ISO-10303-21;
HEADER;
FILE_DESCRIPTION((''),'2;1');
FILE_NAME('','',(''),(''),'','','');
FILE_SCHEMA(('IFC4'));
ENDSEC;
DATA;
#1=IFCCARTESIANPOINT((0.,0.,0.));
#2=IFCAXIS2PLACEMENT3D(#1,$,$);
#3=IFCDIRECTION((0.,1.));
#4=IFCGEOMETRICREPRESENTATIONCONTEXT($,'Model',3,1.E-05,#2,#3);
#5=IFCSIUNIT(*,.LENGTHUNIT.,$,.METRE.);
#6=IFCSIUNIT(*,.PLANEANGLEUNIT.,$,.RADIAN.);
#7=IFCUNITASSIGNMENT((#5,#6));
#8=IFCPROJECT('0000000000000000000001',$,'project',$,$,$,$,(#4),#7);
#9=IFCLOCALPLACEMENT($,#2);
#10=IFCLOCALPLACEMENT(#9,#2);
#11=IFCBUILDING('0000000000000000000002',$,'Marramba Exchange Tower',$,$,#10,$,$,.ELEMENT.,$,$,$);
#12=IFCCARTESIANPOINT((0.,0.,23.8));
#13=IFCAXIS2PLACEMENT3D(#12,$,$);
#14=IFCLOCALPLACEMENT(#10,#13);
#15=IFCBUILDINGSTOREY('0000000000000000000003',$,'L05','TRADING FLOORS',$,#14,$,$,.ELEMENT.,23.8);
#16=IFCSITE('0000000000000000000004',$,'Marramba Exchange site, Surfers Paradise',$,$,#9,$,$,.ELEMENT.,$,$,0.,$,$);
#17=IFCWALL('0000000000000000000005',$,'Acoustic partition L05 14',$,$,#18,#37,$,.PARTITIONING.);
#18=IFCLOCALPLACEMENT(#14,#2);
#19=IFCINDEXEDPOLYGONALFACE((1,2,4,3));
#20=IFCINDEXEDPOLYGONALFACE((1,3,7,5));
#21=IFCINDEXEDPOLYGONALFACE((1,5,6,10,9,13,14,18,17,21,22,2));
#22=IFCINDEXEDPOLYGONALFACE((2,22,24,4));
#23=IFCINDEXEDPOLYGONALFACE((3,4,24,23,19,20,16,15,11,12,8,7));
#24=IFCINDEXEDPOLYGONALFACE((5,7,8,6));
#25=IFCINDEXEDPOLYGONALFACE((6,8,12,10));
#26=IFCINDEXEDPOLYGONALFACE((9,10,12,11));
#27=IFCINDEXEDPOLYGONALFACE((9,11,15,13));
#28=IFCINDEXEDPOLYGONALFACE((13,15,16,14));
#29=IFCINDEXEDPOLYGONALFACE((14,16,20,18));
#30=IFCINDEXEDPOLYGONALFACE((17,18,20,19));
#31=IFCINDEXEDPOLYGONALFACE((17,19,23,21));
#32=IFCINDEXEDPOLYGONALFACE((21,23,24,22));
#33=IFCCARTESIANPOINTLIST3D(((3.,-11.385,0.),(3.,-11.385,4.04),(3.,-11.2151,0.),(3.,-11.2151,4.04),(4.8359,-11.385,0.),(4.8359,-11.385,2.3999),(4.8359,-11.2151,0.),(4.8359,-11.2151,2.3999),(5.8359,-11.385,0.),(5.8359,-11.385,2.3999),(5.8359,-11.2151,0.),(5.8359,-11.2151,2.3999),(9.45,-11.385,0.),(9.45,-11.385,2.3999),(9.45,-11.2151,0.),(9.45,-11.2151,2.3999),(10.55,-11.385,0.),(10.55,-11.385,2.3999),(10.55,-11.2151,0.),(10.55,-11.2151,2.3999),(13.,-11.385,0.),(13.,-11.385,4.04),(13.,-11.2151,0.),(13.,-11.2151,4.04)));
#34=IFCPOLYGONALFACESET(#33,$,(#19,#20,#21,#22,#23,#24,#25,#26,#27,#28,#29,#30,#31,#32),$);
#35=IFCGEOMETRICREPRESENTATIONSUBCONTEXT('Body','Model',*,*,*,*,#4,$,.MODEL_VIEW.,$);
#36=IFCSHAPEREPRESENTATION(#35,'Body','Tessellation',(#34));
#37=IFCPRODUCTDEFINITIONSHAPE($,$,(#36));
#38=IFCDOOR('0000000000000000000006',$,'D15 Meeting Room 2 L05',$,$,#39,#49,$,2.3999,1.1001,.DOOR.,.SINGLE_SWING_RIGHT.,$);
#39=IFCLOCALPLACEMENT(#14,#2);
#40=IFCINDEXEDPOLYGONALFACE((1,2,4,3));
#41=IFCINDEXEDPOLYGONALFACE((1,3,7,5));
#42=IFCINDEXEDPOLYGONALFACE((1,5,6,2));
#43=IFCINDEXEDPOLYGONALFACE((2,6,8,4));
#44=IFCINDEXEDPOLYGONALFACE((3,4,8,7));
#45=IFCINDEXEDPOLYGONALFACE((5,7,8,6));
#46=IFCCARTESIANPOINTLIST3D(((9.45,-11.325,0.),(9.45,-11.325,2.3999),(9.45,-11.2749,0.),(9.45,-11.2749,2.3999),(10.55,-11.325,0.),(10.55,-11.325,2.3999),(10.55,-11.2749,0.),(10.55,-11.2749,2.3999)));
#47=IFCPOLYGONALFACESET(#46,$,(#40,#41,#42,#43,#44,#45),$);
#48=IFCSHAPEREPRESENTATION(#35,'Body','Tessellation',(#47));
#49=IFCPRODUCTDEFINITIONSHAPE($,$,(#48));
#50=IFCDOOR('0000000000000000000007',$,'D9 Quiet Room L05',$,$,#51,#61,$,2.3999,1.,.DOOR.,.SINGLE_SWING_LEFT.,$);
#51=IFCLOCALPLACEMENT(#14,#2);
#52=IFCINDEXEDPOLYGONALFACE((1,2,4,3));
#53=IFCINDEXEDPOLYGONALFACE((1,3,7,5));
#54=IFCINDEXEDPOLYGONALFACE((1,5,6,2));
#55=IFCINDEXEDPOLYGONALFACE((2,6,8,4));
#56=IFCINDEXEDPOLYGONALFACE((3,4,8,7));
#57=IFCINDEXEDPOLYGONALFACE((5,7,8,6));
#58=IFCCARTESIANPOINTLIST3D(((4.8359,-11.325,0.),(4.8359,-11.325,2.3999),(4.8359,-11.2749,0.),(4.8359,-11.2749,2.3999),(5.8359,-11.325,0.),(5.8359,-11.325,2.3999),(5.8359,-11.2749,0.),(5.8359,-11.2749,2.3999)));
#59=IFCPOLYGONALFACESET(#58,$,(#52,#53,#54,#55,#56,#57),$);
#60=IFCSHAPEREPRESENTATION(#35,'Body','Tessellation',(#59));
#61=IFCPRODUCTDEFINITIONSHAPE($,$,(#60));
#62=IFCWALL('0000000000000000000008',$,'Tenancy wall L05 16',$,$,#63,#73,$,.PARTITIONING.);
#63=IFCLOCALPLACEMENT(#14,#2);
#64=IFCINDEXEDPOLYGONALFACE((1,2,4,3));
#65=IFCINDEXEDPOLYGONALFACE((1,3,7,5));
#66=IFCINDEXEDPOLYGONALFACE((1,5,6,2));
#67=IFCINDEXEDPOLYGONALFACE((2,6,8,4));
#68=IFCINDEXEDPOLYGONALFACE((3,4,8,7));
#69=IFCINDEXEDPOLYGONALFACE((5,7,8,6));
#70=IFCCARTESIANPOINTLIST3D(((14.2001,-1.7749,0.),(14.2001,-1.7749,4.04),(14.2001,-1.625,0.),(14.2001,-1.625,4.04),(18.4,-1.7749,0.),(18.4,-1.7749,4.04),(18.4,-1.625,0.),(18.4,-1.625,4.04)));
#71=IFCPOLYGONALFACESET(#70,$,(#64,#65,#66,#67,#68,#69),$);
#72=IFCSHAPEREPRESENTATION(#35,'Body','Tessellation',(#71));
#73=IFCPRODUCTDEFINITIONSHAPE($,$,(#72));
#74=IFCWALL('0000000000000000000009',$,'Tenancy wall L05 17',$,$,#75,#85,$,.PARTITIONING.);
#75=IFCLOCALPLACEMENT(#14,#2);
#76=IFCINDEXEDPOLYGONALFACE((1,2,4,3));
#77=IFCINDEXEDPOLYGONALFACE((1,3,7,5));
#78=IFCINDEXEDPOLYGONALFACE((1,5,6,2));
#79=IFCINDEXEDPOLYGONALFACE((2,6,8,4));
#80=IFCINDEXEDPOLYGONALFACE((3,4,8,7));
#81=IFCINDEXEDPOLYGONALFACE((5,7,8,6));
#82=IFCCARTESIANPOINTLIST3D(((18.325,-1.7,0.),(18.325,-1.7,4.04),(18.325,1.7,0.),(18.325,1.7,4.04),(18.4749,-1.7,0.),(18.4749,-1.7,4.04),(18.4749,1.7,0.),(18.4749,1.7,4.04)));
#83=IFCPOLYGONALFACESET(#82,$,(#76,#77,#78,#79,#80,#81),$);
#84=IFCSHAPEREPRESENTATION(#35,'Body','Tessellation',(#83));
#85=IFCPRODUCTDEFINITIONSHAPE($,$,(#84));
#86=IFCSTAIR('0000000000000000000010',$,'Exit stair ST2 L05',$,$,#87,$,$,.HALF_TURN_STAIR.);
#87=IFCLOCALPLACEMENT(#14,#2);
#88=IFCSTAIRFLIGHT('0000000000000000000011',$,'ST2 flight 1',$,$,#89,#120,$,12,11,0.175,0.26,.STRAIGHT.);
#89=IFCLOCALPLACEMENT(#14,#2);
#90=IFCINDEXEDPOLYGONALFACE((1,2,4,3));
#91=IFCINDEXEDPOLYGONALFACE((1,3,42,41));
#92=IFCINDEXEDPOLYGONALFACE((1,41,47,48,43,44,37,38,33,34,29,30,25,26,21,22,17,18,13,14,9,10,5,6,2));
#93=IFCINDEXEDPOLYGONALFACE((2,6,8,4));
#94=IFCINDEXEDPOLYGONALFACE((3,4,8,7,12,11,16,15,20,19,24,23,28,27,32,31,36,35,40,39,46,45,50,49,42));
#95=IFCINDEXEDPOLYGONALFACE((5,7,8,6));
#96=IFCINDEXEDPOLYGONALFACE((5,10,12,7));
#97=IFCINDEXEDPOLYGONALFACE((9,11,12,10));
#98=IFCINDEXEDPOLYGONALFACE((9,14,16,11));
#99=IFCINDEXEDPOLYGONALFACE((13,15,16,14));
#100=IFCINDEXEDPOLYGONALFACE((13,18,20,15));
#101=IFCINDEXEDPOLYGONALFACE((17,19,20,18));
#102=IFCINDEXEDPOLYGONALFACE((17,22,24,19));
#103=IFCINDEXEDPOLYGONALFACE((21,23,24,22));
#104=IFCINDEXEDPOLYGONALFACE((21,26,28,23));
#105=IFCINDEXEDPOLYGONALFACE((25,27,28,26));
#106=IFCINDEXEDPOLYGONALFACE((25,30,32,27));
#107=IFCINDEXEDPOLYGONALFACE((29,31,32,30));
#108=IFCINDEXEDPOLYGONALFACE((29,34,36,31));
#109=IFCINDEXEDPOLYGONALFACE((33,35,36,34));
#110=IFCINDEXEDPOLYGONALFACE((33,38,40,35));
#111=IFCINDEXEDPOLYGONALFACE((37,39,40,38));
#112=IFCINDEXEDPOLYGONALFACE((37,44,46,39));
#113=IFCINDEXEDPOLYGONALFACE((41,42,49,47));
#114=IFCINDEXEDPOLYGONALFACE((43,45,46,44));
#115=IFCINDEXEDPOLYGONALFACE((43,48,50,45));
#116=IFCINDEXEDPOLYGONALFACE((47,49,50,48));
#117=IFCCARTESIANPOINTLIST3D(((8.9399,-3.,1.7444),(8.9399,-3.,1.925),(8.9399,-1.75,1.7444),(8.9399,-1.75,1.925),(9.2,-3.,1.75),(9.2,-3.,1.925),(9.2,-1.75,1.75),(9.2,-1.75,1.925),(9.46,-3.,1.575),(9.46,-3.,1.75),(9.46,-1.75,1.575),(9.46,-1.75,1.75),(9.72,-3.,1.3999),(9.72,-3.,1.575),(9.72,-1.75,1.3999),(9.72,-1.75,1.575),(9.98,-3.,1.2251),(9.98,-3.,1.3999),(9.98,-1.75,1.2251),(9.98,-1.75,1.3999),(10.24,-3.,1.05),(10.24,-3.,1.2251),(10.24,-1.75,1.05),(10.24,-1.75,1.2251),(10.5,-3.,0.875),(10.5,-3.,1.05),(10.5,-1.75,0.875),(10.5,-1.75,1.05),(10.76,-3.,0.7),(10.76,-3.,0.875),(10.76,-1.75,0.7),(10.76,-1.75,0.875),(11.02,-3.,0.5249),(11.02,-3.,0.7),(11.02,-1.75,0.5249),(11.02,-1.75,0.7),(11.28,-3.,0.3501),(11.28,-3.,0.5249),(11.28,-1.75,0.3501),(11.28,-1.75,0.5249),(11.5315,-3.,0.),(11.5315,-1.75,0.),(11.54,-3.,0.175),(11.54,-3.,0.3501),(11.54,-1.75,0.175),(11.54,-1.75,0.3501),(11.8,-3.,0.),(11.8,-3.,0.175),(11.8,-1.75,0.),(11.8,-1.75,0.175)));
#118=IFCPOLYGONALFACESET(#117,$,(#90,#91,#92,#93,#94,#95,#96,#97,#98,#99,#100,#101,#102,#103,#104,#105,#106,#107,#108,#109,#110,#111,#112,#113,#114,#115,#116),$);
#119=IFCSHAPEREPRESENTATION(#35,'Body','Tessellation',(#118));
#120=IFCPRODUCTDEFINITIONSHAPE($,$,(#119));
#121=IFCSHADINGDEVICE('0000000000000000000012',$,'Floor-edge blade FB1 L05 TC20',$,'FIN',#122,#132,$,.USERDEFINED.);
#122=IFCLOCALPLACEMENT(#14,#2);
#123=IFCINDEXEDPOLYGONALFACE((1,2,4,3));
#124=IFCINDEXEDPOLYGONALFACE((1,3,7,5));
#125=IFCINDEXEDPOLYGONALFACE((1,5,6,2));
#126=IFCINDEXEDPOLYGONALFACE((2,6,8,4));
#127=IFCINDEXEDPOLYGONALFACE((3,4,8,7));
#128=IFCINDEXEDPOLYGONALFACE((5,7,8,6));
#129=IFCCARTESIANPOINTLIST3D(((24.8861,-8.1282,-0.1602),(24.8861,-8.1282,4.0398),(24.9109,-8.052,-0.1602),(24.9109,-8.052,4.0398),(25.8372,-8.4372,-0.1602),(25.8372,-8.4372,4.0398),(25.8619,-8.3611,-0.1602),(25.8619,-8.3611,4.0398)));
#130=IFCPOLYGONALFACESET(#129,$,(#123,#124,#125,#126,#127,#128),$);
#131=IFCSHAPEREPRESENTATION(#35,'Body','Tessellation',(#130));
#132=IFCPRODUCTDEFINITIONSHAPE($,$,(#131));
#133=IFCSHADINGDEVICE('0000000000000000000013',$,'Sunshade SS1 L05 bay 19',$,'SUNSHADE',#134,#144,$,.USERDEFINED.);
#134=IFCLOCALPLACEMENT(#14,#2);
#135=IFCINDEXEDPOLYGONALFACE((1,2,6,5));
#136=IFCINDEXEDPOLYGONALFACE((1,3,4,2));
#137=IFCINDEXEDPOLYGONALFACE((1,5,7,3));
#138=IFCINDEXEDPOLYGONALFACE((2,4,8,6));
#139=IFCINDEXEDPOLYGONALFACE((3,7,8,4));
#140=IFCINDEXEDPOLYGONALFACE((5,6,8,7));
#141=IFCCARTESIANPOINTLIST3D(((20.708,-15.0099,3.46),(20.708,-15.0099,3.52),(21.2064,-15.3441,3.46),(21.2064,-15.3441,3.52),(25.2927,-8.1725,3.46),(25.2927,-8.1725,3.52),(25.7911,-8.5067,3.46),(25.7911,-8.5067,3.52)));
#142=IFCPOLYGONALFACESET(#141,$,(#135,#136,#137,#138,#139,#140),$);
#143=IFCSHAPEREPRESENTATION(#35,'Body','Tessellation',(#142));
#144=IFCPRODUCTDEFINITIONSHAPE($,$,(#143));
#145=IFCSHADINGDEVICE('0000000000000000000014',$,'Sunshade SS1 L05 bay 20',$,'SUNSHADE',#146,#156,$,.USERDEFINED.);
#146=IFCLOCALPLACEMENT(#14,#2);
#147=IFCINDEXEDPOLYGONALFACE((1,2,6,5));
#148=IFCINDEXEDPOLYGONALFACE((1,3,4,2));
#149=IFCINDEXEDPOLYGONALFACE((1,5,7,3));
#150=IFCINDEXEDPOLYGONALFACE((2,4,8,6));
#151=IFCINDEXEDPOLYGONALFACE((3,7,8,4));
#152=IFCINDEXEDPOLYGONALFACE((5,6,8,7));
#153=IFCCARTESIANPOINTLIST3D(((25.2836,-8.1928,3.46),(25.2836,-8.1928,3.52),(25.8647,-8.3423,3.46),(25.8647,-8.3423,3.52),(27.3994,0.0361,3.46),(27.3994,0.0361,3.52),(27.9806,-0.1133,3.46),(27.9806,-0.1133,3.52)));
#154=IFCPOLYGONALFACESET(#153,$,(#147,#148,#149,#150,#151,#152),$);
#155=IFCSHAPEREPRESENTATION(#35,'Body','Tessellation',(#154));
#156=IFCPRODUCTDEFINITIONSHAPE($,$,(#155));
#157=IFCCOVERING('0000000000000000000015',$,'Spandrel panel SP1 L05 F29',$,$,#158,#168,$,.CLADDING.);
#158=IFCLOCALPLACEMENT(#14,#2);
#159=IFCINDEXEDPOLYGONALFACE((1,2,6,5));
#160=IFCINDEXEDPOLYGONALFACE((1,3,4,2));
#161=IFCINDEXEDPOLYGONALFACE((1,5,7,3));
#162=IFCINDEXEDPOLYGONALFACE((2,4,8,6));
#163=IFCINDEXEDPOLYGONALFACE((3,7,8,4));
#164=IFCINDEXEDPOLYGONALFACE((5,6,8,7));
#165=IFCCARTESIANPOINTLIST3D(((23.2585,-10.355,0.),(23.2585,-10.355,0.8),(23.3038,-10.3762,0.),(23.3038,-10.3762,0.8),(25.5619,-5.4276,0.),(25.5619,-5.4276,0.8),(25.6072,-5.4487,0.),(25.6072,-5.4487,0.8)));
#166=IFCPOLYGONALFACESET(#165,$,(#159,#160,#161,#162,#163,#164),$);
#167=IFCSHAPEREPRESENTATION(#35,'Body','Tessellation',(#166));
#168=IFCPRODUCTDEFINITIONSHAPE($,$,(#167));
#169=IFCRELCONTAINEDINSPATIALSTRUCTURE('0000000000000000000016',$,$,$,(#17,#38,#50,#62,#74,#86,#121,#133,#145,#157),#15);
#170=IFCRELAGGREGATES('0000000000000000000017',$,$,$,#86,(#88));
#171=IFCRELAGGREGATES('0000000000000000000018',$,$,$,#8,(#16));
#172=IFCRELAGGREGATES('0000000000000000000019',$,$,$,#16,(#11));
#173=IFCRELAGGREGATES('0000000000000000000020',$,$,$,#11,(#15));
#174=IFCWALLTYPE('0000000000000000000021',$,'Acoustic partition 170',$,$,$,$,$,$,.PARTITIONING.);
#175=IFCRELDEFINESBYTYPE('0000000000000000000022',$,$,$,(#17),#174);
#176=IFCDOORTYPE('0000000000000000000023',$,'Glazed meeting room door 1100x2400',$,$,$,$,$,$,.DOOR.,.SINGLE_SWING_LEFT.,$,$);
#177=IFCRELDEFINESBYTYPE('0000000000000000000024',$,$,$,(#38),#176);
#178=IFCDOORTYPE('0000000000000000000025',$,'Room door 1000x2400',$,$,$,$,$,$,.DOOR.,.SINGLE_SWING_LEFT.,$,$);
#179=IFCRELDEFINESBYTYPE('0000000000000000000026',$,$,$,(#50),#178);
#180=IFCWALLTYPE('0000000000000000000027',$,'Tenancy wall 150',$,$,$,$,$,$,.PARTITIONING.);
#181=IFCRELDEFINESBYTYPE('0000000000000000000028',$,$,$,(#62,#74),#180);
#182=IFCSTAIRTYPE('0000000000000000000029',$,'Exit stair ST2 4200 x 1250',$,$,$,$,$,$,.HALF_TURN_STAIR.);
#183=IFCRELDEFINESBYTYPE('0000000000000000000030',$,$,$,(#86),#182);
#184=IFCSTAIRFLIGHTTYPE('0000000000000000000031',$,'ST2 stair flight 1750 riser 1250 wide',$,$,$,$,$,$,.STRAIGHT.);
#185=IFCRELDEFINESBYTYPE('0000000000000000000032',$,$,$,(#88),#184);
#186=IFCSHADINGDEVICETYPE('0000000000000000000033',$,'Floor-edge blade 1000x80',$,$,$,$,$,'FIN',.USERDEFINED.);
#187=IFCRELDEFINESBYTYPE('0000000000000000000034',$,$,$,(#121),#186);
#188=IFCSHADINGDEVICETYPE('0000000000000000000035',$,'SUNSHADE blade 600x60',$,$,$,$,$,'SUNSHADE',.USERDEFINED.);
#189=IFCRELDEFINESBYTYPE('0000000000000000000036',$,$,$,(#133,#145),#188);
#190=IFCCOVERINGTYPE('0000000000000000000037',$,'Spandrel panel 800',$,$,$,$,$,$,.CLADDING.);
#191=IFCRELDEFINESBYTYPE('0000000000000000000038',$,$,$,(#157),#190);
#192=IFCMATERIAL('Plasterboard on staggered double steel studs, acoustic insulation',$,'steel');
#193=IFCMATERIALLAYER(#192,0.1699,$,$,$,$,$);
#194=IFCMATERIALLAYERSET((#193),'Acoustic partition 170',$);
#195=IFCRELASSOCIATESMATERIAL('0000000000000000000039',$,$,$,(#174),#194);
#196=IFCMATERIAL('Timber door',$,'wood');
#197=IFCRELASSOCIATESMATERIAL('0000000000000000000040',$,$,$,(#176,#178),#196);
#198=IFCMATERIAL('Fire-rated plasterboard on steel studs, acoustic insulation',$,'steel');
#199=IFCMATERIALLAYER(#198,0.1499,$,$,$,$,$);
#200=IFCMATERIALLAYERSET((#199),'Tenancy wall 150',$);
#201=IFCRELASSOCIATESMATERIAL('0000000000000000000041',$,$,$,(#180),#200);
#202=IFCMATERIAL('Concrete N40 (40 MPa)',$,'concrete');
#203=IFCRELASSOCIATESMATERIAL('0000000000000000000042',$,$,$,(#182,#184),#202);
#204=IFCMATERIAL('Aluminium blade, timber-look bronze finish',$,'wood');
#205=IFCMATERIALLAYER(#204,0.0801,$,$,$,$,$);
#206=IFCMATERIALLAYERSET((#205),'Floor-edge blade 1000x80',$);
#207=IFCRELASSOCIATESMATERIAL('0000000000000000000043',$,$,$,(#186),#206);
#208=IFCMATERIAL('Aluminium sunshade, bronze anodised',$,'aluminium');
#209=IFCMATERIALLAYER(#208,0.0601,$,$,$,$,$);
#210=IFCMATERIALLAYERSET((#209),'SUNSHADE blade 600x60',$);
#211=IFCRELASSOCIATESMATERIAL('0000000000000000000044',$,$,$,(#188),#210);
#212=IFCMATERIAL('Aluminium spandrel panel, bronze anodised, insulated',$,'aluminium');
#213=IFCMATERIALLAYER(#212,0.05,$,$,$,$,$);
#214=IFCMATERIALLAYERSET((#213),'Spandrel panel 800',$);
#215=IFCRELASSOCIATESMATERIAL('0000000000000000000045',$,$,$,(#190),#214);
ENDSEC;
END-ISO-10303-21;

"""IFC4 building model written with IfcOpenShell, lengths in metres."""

from ifc_helpers import new_model, si_unit, direction, frame, frame_2d, origin, origin_2d, place, context, subcontext, project, spatial, polyline, rectangle, outline, extrude, material, layer, layer_set, type_object, element, fill, aggregate, save


model = new_model("IFC4")

# Units and contexts
model_context = context("Model", 3, precision=1e-05, world=origin(), true_north=direction((0.0, 1.0)))
body_context = subcontext(model_context, "Body", "Model", "MODEL_VIEW")
ifc_project = project(units=[si_unit("LENGTHUNIT", "METRE"), si_unit("PLANEANGLEUNIT", "RADIAN")], contexts=[model_context])

# Site, building, storey
site_placement = place(None, origin())
site = spatial("IfcSite", under=ifc_project, at=site_placement, Name="Marramba Exchange site, Surfers Paradise", CompositionType="ELEMENT", RefElevation=0.0)
building_placement = place(site_placement, origin())
building = spatial("IfcBuilding", under=site, at=building_placement, Name="Marramba Exchange Tower", CompositionType="ELEMENT")
storey_placement = place(building_placement, frame((0.0, 0.0, 23.8)))
storey = spatial("IfcBuildingStorey", under=building, at=storey_placement, Name="L05", Description="TRADING FLOORS", CompositionType="ELEMENT", Elevation=23.8)

# Wall, openings, doors
ifc_material_1 = material(Name="Plasterboard on staggered double steel studs, acoustic insulation", Category="steel")
ifc_layer_1 = layer(ifc_material_1, 0.1699)
ifc_layer_set_1 = layer_set([ifc_layer_1], Name="Acoustic partition 170")
wall_type_1 = type_object("IfcWallType", Name="Acoustic partition 170", PredefinedType="PARTITIONING", material=ifc_layer_set_1)
wall_1_placement = place(storey_placement, frame((13.0, -11.3, 0.0), z_axis=(0.0, 0.0, 1.0), x_axis=(-1.0, 0.0, 0.0)))
wall_1 = element("IfcWall", 1, at=wall_1_placement, inside=storey, type_object=wall_type_1, Name="Acoustic partition L05 14", PredefinedType="PARTITIONING", context=body_context, shape_type="SweptSolid", body=[
    extrude(rectangle(XDim=10.0, YDim=0.1699, at=frame_2d((5.0, 0.0))), origin(), (0.0, 0.0, 1.0), 4.04),
])
opening_1_placement = place(wall_1_placement, frame((7.1641, 0.0, 0.0)))
opening_1 = element("IfcOpeningElement", 2, at=opening_1_placement, cuts=wall_1, PredefinedType="OPENING", context=body_context, shape_type="SweptSolid", body=[
    extrude(rectangle(XDim=1.0, YDim=2.3999, at=frame_2d((0.5, 1.2))), frame((0.0, 0.095, 0.0), z_axis=(0.0, -1.0, 0.0), x_axis=(1.0, 0.0, 0.0)), (0.0, 0.0, 1.0), 0.1899),
])
opening_2_placement = place(wall_1_placement, frame((2.45, 0.0, 0.0)))
opening_2 = element("IfcOpeningElement", 3, at=opening_2_placement, cuts=wall_1, PredefinedType="OPENING", context=body_context, shape_type="SweptSolid", body=[
    extrude(rectangle(XDim=1.1001, YDim=2.3999, at=frame_2d((0.55, 1.2))), frame((0.0, 0.095, 0.0), z_axis=(0.0, -1.0, 0.0), x_axis=(1.0, 0.0, 0.0)), (0.0, 0.0, 1.0), 0.1899),
])
ifc_material_2 = material(Name="Timber door", Category="wood")
door_type_1 = type_object("IfcDoorType", Name="Glazed meeting room door 1100x2400", OperationType="SINGLE_SWING_LEFT", PredefinedType="DOOR", material=ifc_material_2)
door_1_placement = place(opening_2_placement, origin())
door_1 = element("IfcDoor", 4, at=door_1_placement, inside=storey, type_object=door_type_1, Name="D15 Meeting Room 2 L05", OperationType="SINGLE_SWING_RIGHT", OverallHeight=2.3999, OverallWidth=1.1001, PredefinedType="DOOR", context=body_context, shape_type="SweptSolid", body=[
    extrude(rectangle(XDim=1.1001, YDim=2.3999, at=frame_2d((0.55, 1.2))), frame((0.0, 0.0249, 0.0), z_axis=(0.0, -1.0, 0.0), x_axis=(1.0, 0.0, 0.0)), (0.0, 0.0, 1.0), 0.05),
])
fill(opening_2, door_1)
door_type_2 = type_object("IfcDoorType", Name="Room door 1000x2400", OperationType="SINGLE_SWING_LEFT", PredefinedType="DOOR", material=ifc_material_2)
door_2_placement = place(opening_1_placement, origin())
door_2 = element("IfcDoor", 5, at=door_2_placement, inside=storey, type_object=door_type_2, Name="D9 Quiet Room L05", OperationType="SINGLE_SWING_LEFT", OverallHeight=2.3999, OverallWidth=1.0, PredefinedType="DOOR", context=body_context, shape_type="SweptSolid", body=[
    extrude(rectangle(XDim=1.0, YDim=2.3999, at=frame_2d((0.5, 1.2))), frame((0.0, 0.0249, 0.0), z_axis=(0.0, -1.0, 0.0), x_axis=(1.0, 0.0, 0.0)), (0.0, 0.0, 1.0), 0.05),
])
fill(opening_1, door_2)

# Walls
ifc_material_3 = material(Name="Fire-rated plasterboard on steel studs, acoustic insulation", Category="steel")
ifc_layer_2 = layer(ifc_material_3, 0.1499)
ifc_layer_set_2 = layer_set([ifc_layer_2], Name="Tenancy wall 150")
wall_type_2 = type_object("IfcWallType", Name="Tenancy wall 150", PredefinedType="PARTITIONING", material=ifc_layer_set_2)
wall_2_placement = place(storey_placement, frame((14.2, -1.7, 0.0), z_axis=(0.0, 0.0, 1.0), x_axis=(1.0, 0.0, 0.0)))
element("IfcWall", 6, at=wall_2_placement, inside=storey, type_object=wall_type_2, Name="Tenancy wall L05 16", PredefinedType="PARTITIONING", context=body_context, shape_type="SweptSolid", body=[
    extrude(rectangle(XDim=4.2, YDim=0.1499, at=frame_2d((2.1001, 0.0))), origin(), (0.0, 0.0, 1.0), 4.04),
])
wall_3_placement = place(storey_placement, frame((18.3999, -1.7, 0.0), z_axis=(0.0, 0.0, 1.0), x_axis=(0.0, 1.0, 0.0)))
element("IfcWall", 7, at=wall_3_placement, inside=storey, type_object=wall_type_2, Name="Tenancy wall L05 17", PredefinedType="PARTITIONING", context=body_context, shape_type="SweptSolid", body=[
    extrude(rectangle(XDim=3.3999, YDim=0.1499, at=frame_2d((1.7, 0.0))), origin(), (0.0, 0.0, 1.0), 4.04),
])

# Stair, stair flight
ifc_material_4 = material(Name="Concrete N40 (40 MPa)", Category="concrete")
stair_type = type_object("IfcStairType", Name="Exit stair ST2 4200 x 1250", PredefinedType="HALF_TURN_STAIR", material=ifc_material_4)
stair_placement = place(storey_placement, origin())
stair = element("IfcStair", 8, at=stair_placement, inside=storey, type_object=stair_type, Name="Exit stair ST2 L05", PredefinedType="HALF_TURN_STAIR")
stair_flight_type = type_object("IfcStairFlightType", Name="ST2 stair flight 1750 riser 1250 wide", PredefinedType="STRAIGHT", material=ifc_material_4)
stair_flight_placement = place(storey_placement, frame((11.8, -2.375, 0.0), z_axis=(0.0, 0.0, 1.0), x_axis=(-1.0, 0.0, 0.0)))
stair_flight = element("IfcStairFlight", 9, at=stair_flight_placement, type_object=stair_flight_type, Name="ST2 flight 1", NumberOfRisers=12, NumberOfTreads=11, PredefinedType="STRAIGHT", RiserHeight=0.175, TreadLength=0.26, context=body_context, shape_type="SweptSolid", body=[
    extrude(outline(polyline([(0.0, 0.0), (0.0, 0.175), (0.26, 0.175), (0.26, 0.3501), (0.52, 0.3501), (0.52, 0.5249), (0.78, 0.5249), (0.78, 0.7), (1.04, 0.7), (1.04, 0.875), (1.3, 0.875), (1.3, 1.05), (1.5601, 1.05), (1.5601, 1.2251), (1.8201, 1.2251), (1.8201, 1.3999), (2.0801, 1.3999), (2.0801, 1.575), (2.3401, 1.575), (2.3401, 1.75), (2.6001, 1.75), (2.6001, 1.925), (2.8601, 1.925), (2.8601, 2.1001), (2.8601, 1.7444), (0.2686, 0.0), (0.0, 0.0)])), frame((0.0, 0.625, 0.0), z_axis=(0.0, -1.0, 0.0), x_axis=(1.0, 0.0, 0.0)), (0.0, 0.0, 1.0), 1.25),
])
aggregate(stair, [stair_flight])

# Shading devices
ifc_material_5 = material(Name="Aluminium blade, timber-look bronze finish", Category="wood")
ifc_layer_3 = layer(ifc_material_5, 0.0801)
ifc_layer_set_3 = layer_set([ifc_layer_3], Name="Floor-edge blade 1000x80")
shading_device_type_1 = type_object("IfcShadingDeviceType", Name="Floor-edge blade 1000x80", ElementType="FIN", PredefinedType="USERDEFINED", material=ifc_layer_set_3)
shading_device_1_placement = place(storey_placement, frame((25.374, -8.2446, -0.1602), z_axis=(0.0, 0.0, 1.0), x_axis=(0.951057, -0.309017, 0.0)))
element("IfcShadingDevice", 10, at=shading_device_1_placement, inside=storey, type_object=shading_device_type_1, Name="Floor-edge blade FB1 L05 TC20", ObjectType="FIN", PredefinedType="USERDEFINED", context=body_context, shape_type="SweptSolid", body=[
    extrude(rectangle(XDim=1.0, YDim=0.0801, at=origin_2d()), origin(), (0.0, 0.0, 1.0), 4.2),
])
ifc_material_6 = material(Name="Aluminium sunshade, bronze anodised", Category="aluminium")
ifc_layer_4 = layer(ifc_material_6, 0.0601)
ifc_layer_set_4 = layer_set([ifc_layer_4], Name="SUNSHADE blade 600x60")
shading_device_type_2 = type_object("IfcShadingDeviceType", Name="SUNSHADE blade 600x60", ElementType="SUNSHADE", PredefinedType="USERDEFINED", material=ifc_layer_set_4)
shading_device_2_placement = place(storey_placement, frame((23.2495, -11.7583, 3.46), z_axis=(0.0, 0.0, 1.0), x_axis=(0.556924, 0.830563, 0.0)))
element("IfcShadingDevice", 11, at=shading_device_2_placement, inside=storey, type_object=shading_device_type_2, Name="Sunshade SS1 L05 bay 19", ObjectType="SUNSHADE", PredefinedType="USERDEFINED", context=body_context, shape_type="SweptSolid", body=[
    extrude(rectangle(XDim=8.2322, YDim=0.6001, at=origin_2d()), origin(), (0.0, 0.0, 1.0), 0.0601),
])
shading_device_3_placement = place(storey_placement, frame((26.6321, -4.1531, 3.46), z_axis=(0.0, 0.0, 1.0), x_axis=(0.249025, 0.968497, 0.0)))
element("IfcShadingDevice", 12, at=shading_device_3_placement, inside=storey, type_object=shading_device_type_2, Name="Sunshade SS1 L05 bay 20", ObjectType="SUNSHADE", PredefinedType="USERDEFINED", context=body_context, shape_type="SweptSolid", body=[
    extrude(rectangle(XDim=8.4966, YDim=0.6001, at=origin_2d()), origin(), (0.0, 0.0, 1.0), 0.0601),
])

# Covering
ifc_material_7 = material(Name="Aluminium spandrel panel, bronze anodised, insulated", Category="aluminium")
ifc_layer_5 = layer(ifc_material_7, 0.05)
ifc_layer_set_5 = layer_set([ifc_layer_5], Name="Spandrel panel 800")
covering_type = type_object("IfcCoveringType", Name="Spandrel panel 800", PredefinedType="CLADDING", material=ifc_layer_set_5)
covering_1_placement = place(storey_placement, frame((24.4329, -7.9019, 0.0), z_axis=(0.0, 0.0, 1.0), x_axis=(0.423477, 0.905907, 0.0)))
element("IfcCovering", 13, at=covering_1_placement, inside=storey, type_object=covering_type, Name="Spandrel panel SP1 L05 F29", PredefinedType="CLADDING", context=body_context, shape_type="SweptSolid", body=[
    extrude(rectangle(XDim=5.4392, YDim=0.05, at=origin_2d()), origin(), (0.0, 0.0, 1.0), 0.8),
])

save(model, "model.ifc")
